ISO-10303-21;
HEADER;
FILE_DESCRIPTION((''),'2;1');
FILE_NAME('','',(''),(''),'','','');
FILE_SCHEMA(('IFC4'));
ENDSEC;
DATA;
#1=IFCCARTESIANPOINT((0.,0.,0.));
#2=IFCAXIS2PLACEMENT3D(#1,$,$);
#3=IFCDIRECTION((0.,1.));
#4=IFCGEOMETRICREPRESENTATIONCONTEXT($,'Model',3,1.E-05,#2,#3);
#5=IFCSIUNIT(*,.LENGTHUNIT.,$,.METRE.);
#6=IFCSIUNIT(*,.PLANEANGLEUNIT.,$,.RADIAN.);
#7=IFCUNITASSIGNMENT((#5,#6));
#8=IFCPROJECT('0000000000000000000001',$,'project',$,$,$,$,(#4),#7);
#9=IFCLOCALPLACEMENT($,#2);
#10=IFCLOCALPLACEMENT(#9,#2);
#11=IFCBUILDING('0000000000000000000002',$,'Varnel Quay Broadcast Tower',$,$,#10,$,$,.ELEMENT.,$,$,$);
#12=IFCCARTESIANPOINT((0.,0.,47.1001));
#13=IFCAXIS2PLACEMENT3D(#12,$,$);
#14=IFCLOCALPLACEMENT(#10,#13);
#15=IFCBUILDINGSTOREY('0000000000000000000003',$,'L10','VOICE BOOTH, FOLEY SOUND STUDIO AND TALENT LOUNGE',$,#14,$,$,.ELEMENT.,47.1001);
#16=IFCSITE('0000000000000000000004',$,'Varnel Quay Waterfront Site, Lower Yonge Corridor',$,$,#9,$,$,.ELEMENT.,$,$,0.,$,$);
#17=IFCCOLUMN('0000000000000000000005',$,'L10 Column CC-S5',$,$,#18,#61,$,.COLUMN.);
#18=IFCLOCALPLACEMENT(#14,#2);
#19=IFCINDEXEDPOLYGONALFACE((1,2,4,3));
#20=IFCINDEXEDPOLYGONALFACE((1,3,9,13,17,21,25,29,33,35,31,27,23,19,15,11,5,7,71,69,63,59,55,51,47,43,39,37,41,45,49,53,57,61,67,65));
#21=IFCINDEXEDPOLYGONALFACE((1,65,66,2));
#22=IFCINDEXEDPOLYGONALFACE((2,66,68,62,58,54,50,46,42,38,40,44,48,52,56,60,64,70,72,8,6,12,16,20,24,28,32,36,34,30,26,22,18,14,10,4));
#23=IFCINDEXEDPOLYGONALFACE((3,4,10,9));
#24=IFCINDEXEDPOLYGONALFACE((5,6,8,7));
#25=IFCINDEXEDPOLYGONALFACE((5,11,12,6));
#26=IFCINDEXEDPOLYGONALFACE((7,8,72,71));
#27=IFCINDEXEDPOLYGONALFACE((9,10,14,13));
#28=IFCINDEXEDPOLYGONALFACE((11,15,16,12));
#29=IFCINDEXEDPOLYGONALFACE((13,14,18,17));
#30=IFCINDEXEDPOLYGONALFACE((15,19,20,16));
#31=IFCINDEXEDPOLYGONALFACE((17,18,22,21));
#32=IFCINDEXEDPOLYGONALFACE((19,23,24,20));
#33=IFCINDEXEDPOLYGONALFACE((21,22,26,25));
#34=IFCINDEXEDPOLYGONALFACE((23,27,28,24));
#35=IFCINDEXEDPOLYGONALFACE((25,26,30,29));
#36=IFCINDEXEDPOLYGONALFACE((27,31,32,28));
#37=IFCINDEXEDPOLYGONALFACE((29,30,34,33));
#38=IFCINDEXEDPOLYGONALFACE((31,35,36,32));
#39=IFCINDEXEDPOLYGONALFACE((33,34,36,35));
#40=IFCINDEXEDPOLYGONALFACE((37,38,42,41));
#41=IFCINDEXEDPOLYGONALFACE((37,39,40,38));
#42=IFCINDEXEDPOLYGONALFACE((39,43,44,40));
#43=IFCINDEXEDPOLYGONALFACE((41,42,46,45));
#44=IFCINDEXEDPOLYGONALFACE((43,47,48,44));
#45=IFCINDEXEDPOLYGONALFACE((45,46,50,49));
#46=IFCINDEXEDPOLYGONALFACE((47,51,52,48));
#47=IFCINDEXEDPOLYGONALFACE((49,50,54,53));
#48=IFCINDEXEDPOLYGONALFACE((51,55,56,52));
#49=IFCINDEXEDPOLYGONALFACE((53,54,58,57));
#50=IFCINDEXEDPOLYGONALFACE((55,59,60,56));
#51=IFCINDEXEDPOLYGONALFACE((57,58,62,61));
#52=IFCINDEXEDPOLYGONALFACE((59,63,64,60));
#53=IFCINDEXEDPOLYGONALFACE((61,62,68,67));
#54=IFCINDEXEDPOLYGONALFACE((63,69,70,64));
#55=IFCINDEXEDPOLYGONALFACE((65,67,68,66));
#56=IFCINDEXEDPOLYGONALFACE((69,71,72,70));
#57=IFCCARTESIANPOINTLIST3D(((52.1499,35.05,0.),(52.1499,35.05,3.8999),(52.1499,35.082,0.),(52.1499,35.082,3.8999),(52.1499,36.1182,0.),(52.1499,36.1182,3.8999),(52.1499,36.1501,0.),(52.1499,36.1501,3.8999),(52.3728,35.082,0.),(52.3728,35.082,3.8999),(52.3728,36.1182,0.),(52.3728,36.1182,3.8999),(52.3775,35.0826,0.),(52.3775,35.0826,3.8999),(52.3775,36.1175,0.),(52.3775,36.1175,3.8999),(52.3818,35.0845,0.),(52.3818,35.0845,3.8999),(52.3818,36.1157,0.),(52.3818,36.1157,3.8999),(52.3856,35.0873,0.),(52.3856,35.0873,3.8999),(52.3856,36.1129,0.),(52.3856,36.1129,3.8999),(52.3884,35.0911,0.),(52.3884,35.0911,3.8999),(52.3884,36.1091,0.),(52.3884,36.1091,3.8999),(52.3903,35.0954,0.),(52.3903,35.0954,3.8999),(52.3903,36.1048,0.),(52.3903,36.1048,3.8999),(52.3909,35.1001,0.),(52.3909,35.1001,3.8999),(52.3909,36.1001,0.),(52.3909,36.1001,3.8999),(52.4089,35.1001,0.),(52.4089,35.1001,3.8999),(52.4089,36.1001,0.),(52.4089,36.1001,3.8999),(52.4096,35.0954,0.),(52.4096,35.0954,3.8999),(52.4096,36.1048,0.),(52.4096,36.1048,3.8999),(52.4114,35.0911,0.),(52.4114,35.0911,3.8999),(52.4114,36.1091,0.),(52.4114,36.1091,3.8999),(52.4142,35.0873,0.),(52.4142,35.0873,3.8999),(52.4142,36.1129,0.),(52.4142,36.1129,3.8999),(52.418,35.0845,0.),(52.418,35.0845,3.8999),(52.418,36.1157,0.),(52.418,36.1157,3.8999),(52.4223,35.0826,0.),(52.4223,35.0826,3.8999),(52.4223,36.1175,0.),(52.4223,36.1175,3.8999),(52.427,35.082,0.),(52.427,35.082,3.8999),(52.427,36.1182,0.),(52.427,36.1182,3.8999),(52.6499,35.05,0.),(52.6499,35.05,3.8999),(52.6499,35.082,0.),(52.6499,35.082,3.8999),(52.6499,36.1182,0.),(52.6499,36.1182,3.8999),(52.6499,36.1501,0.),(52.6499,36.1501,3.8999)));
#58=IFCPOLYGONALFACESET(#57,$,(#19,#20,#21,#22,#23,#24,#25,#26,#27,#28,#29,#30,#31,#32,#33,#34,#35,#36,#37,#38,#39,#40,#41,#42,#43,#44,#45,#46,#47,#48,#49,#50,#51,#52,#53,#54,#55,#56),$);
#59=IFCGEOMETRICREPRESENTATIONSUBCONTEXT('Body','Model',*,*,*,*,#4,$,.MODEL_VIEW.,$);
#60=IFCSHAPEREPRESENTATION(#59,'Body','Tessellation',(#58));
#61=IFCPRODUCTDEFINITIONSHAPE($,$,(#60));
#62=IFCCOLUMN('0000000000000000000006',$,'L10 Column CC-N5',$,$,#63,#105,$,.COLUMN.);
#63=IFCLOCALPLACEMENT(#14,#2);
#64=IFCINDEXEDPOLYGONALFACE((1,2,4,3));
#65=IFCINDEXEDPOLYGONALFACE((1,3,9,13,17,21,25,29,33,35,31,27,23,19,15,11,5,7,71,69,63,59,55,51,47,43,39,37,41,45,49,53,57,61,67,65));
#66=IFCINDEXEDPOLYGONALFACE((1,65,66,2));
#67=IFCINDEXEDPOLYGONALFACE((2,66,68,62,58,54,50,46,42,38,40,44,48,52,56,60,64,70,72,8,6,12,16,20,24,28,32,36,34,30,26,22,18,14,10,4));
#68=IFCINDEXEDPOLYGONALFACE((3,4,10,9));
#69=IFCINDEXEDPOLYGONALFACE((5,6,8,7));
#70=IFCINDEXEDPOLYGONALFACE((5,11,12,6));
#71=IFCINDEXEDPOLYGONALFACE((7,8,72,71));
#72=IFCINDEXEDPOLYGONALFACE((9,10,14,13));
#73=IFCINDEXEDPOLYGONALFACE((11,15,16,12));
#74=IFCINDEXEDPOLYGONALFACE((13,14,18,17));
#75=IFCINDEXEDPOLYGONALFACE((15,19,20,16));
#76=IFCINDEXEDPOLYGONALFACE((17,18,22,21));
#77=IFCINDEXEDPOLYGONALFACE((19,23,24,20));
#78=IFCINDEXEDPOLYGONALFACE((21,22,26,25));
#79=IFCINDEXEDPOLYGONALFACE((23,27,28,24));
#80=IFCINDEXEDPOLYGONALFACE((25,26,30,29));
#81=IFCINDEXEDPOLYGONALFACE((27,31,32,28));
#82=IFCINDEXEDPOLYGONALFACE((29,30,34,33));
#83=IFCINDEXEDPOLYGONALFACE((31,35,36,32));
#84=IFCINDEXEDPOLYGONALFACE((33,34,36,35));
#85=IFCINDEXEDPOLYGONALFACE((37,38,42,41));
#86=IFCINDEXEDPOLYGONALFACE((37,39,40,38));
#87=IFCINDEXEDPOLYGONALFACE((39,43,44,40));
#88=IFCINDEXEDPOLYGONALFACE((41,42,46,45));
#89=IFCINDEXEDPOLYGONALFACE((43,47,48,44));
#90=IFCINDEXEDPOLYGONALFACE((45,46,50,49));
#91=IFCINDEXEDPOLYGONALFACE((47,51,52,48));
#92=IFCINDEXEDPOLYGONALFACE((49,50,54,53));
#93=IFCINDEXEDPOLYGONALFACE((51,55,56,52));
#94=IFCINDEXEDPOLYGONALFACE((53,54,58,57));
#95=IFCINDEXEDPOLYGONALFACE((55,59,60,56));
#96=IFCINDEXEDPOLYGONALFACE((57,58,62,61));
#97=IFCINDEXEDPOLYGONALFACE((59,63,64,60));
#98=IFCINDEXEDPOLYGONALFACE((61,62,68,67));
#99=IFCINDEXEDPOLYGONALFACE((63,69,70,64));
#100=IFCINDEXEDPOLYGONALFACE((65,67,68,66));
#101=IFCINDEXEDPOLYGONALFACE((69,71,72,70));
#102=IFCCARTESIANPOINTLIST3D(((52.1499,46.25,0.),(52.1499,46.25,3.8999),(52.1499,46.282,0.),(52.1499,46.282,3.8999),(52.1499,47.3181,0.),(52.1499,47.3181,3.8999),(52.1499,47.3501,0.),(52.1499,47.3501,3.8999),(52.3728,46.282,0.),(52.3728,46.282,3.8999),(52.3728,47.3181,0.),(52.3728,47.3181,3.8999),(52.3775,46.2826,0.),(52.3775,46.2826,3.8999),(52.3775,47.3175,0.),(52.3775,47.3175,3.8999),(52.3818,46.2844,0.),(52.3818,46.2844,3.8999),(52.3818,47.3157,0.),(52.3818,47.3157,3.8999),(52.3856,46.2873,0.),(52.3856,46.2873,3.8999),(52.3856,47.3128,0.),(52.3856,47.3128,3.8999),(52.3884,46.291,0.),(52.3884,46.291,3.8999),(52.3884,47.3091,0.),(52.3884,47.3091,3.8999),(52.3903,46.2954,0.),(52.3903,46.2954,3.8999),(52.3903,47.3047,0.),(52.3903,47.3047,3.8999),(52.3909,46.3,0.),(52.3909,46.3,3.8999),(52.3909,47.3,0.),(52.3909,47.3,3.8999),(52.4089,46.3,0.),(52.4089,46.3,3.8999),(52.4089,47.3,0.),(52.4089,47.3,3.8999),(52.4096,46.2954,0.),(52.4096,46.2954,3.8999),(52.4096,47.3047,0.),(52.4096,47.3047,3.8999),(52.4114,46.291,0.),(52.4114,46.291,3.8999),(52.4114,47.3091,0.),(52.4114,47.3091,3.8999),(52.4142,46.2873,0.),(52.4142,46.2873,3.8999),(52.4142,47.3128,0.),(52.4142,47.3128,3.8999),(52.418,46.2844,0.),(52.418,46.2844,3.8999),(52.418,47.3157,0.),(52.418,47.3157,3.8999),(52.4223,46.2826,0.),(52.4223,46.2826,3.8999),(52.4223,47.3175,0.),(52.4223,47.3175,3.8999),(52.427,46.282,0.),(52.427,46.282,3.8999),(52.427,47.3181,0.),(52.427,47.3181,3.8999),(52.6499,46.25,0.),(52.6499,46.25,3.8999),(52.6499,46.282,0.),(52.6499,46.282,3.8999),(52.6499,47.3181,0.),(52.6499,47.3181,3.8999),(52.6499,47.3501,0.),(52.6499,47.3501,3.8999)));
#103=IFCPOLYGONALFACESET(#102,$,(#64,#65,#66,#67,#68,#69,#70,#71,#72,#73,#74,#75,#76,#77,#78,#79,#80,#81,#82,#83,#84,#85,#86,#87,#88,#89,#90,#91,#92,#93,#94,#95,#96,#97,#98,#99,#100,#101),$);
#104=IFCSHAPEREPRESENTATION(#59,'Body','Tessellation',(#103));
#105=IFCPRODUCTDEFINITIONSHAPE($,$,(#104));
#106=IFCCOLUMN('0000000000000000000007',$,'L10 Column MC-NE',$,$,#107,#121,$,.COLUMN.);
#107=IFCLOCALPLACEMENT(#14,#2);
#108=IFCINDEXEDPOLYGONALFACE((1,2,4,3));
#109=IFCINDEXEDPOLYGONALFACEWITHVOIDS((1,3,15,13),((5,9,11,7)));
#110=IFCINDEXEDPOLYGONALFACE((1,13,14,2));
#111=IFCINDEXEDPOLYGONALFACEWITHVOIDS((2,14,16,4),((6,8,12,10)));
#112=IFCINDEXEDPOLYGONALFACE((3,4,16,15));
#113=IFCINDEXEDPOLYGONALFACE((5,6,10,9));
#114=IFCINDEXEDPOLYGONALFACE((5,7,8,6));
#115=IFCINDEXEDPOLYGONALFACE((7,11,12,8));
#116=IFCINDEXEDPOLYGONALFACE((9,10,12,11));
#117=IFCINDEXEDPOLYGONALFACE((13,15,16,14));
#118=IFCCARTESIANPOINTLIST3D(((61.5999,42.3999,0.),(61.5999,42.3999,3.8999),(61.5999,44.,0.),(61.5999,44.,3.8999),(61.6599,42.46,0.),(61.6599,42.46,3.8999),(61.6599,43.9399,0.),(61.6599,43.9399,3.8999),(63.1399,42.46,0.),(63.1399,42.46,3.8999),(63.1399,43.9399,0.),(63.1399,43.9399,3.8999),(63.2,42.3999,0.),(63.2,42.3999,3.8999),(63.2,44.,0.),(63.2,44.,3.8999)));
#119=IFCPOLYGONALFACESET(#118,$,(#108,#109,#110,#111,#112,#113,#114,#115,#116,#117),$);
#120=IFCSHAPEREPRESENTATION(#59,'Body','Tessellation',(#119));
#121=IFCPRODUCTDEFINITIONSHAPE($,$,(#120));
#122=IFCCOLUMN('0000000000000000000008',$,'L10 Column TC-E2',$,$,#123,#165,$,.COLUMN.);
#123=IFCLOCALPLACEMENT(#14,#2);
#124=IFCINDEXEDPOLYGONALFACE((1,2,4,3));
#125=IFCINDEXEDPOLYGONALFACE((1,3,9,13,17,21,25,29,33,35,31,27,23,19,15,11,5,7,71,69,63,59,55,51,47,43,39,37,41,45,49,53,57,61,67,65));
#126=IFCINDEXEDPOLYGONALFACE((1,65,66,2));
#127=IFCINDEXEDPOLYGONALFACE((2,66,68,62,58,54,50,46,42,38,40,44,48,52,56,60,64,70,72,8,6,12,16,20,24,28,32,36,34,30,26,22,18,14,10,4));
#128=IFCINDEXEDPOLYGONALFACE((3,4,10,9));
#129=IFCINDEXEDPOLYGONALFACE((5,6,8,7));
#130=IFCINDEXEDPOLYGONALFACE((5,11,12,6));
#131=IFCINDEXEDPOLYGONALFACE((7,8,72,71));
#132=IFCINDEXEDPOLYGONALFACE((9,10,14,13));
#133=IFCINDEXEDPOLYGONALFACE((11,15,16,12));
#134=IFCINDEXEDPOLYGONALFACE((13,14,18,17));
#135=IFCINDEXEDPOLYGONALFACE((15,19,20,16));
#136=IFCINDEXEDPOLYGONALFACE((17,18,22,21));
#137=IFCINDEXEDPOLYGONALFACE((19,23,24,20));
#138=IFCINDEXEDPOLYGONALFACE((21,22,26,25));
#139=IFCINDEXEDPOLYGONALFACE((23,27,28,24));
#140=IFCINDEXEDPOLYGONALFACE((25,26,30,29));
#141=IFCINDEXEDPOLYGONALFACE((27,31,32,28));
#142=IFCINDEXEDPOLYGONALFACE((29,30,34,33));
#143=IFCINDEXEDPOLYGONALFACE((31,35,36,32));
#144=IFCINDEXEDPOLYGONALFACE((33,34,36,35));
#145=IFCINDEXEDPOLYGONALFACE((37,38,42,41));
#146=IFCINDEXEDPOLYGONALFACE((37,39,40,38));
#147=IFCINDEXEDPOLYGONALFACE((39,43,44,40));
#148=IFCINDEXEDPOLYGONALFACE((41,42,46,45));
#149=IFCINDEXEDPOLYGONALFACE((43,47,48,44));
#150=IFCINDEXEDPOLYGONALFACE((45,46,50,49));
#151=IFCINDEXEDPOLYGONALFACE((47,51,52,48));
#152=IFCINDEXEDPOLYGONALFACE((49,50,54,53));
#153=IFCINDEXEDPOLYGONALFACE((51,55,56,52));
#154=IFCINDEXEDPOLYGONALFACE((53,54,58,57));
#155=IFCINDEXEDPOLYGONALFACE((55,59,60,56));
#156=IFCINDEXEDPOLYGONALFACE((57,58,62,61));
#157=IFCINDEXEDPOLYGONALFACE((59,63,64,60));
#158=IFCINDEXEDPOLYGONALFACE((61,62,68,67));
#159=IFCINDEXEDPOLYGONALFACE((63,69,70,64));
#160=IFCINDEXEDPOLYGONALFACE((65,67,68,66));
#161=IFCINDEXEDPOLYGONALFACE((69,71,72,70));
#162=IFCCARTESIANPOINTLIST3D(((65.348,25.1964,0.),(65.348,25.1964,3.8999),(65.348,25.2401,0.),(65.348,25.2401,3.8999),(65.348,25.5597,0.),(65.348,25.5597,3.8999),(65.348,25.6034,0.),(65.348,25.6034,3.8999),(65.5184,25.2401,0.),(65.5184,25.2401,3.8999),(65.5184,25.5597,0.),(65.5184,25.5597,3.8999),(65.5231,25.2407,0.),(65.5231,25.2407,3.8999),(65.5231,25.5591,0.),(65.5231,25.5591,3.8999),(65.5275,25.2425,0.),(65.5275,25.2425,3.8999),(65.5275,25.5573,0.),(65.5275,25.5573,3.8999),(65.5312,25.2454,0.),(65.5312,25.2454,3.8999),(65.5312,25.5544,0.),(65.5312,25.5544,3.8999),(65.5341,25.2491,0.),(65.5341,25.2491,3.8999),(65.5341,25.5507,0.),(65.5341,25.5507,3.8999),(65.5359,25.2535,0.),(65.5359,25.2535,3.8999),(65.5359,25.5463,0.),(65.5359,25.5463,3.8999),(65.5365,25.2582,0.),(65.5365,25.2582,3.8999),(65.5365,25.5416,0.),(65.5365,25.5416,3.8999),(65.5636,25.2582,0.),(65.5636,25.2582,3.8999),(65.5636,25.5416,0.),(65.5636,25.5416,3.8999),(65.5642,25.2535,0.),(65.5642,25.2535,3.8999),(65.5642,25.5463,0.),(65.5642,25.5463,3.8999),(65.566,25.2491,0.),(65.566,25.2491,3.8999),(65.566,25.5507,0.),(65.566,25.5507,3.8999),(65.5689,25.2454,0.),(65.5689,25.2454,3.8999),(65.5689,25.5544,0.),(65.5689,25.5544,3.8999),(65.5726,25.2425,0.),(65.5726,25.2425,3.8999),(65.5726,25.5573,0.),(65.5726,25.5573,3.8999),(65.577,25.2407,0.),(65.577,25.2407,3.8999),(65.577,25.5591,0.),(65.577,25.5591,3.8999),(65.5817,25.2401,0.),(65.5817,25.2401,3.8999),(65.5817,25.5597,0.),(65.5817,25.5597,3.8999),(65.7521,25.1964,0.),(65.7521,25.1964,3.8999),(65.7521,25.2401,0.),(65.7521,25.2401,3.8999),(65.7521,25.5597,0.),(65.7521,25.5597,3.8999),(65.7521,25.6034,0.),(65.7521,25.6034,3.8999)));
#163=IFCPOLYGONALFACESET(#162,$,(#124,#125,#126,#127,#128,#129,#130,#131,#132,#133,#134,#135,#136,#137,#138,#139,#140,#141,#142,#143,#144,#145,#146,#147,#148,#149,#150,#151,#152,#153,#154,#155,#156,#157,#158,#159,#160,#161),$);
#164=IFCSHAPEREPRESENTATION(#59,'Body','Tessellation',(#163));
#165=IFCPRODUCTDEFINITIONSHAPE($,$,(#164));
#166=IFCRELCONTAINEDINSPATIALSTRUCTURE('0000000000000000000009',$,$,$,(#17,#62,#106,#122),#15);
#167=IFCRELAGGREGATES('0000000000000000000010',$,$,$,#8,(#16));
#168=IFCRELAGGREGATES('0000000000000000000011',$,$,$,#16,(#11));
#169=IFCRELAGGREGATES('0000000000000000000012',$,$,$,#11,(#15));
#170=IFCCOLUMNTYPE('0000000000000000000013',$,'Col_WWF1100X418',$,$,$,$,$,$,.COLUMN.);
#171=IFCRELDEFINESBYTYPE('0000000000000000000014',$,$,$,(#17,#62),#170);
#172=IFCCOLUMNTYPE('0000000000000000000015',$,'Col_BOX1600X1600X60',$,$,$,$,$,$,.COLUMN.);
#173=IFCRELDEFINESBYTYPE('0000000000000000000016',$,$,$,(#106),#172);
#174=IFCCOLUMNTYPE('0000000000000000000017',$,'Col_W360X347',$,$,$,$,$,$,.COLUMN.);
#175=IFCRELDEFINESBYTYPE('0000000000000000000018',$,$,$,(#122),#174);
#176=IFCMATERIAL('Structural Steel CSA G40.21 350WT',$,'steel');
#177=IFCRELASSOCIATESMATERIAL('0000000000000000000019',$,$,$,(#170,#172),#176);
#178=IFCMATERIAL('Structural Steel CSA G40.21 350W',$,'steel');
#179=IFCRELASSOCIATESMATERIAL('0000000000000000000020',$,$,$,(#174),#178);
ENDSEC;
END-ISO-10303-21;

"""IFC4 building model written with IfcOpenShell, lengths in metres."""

from ifc_helpers import new_model, si_unit, direction, frame, origin, origin_2d, place, context, subcontext, project, spatial, hollow_rectangle, i_section, extrude, source, transform, mapped, material, material_profile, profile_set, type_object, type_shapes, element, save


model = new_model("IFC4")

# Units and contexts
model_context = context("Model", 3, precision=1e-05, world=origin(), true_north=direction((0.0, 1.0)))
body_context = subcontext(model_context, "Body", "Model", "MODEL_VIEW")
ifc_project = project(units=[si_unit("LENGTHUNIT", "METRE"), si_unit("PLANEANGLEUNIT", "RADIAN")], contexts=[model_context])

# Site, building, storey
site_placement = place(None, origin())
site = spatial("IfcSite", under=ifc_project, at=site_placement, Name="Varnel Quay Waterfront Site, Lower Yonge Corridor", CompositionType="ELEMENT", RefElevation=0.0)
building_placement = place(site_placement, origin())
building = spatial("IfcBuilding", under=site, at=building_placement, Name="Varnel Quay Broadcast Tower", CompositionType="ELEMENT")
storey_placement = place(building_placement, frame((0.0, 0.0, 47.1001)))
storey = spatial("IfcBuildingStorey", under=building, at=storey_placement, Name="L10", Description="VOICE BOOTH, FOLEY SOUND STUDIO AND TALENT LOUNGE", CompositionType="ELEMENT", Elevation=47.1001)

# Columns
ifc_material_1 = material(Name="Structural Steel CSA G40.21 350WT", Category="steel")
ifc_material_profile_1 = material_profile(ifc_material_1, i_section(OverallWidth=0.5, OverallDepth=1.1001, WebThickness=0.0181, FlangeThickness=0.032, FilletRadius=0.0181, at=origin_2d()), Name="WWF1100X418")
ifc_profile_set_1 = profile_set([ifc_material_profile_1], Name="Structural Steel CSA G40.21 350WT")
column_type_1 = type_object("IfcColumnType", Name="Col_WWF1100X418", PredefinedType="COLUMN", material=ifc_profile_set_1)
shared_shape_1 = source(origin(), body_context, "Body", "SweptSolid", [
    extrude(i_section(OverallWidth=0.5, OverallDepth=1.1001, WebThickness=0.0181, FlangeThickness=0.032, FilletRadius=0.0181, at=origin_2d()), origin(), (0.0, 0.0, 1.0), 3.8999),
])
type_shapes(column_type_1, [shared_shape_1])
for number, where, z_axis, x_axis, name in (
    (1, (52.3999, 35.6001, 0.0), (0.0, 0.0, 1.0), (1.0, 0.0, 0.0), "L10 Column CC-S5"),
    (2, (52.3999, 46.8, 0.0), (0.0, 0.0, 1.0), (1.0, 0.0, 0.0), "L10 Column CC-N5"),
):
    element("IfcColumn", number, at=place(storey_placement, frame(where, z_axis=z_axis, x_axis=x_axis)), inside=storey, type_object=column_type_1, Name=name, PredefinedType="COLUMN", context=body_context, shape_type="MappedRepresentation", body=[
        mapped(shared_shape_1, transform((0.0, 0.0, 0.0), x_axis=(1.0, 0.0, 0.0), y_axis=(0.0, 1.0, 0.0), z_axis=(0.0, 0.0, 1.0), scale=1.0)),
    ])
ifc_material_profile_2 = material_profile(ifc_material_1, hollow_rectangle(XDim=1.6001, YDim=1.6001, WallThickness=0.0601, at=origin_2d()), Name="BOX1600X1600X60")
ifc_profile_set_2 = profile_set([ifc_material_profile_2], Name="Structural Steel CSA G40.21 350WT")
column_type_2 = type_object("IfcColumnType", Name="Col_BOX1600X1600X60", PredefinedType="COLUMN", material=ifc_profile_set_2)
shared_shape_2 = source(origin(), body_context, "Body", "SweptSolid", [
    extrude(hollow_rectangle(XDim=1.6001, YDim=1.6001, WallThickness=0.0601, at=origin_2d()), origin(), (0.0, 0.0, 1.0), 3.8999),
])
type_shapes(column_type_2, [shared_shape_2])
column_placement = place(storey_placement, frame((62.3999, 43.2, 0.0), z_axis=(0.0, 0.0, 1.0), x_axis=(1.0, 0.0, 0.0)))
element("IfcColumn", 3, at=column_placement, inside=storey, type_object=column_type_2, Name="L10 Column MC-NE", PredefinedType="COLUMN", context=body_context, shape_type="MappedRepresentation", body=[
    mapped(shared_shape_2, transform((0.0, 0.0, 0.0), x_axis=(1.0, 0.0, 0.0), y_axis=(0.0, 1.0, 0.0), z_axis=(0.0, 0.0, 1.0), scale=1.0)),
])
ifc_material_2 = material(Name="Structural Steel CSA G40.21 350W", Category="steel")
ifc_material_profile_3 = material_profile(ifc_material_2, i_section(OverallWidth=0.4041, OverallDepth=0.407, WebThickness=0.0271, FlangeThickness=0.0437, FilletRadius=0.0181, at=origin_2d()), Name="W360X347")
ifc_profile_set_3 = profile_set([ifc_material_profile_3], Name="Structural Steel CSA G40.21 350W")
column_type_3 = type_object("IfcColumnType", Name="Col_W360X347", PredefinedType="COLUMN", material=ifc_profile_set_3)
shared_shape_3 = source(origin(), body_context, "Body", "SweptSolid", [
    extrude(i_section(OverallWidth=0.4041, OverallDepth=0.407, WebThickness=0.0271, FlangeThickness=0.0437, FilletRadius=0.0181, at=origin_2d()), origin(), (0.0, 0.0, 1.0), 3.8999),
])
type_shapes(column_type_3, [shared_shape_3])
for number, where, z_axis, x_axis, name in (
    (4, (65.55, 25.3999, 0.0), (0.0, 0.0, 1.0), (1.0, 0.0, 0.0), "L10 Column TC-E2"),
):
    element("IfcColumn", number, at=place(storey_placement, frame(where, z_axis=z_axis, x_axis=x_axis)), inside=storey, type_object=column_type_3, Name=name, PredefinedType="COLUMN", context=body_context, shape_type="MappedRepresentation", body=[
        mapped(shared_shape_3, transform((0.0, 0.0, 0.0), x_axis=(1.0, 0.0, 0.0), y_axis=(0.0, 1.0, 0.0), z_axis=(0.0, 0.0, 1.0), scale=1.0)),
    ])

save(model, "model.ifc")
